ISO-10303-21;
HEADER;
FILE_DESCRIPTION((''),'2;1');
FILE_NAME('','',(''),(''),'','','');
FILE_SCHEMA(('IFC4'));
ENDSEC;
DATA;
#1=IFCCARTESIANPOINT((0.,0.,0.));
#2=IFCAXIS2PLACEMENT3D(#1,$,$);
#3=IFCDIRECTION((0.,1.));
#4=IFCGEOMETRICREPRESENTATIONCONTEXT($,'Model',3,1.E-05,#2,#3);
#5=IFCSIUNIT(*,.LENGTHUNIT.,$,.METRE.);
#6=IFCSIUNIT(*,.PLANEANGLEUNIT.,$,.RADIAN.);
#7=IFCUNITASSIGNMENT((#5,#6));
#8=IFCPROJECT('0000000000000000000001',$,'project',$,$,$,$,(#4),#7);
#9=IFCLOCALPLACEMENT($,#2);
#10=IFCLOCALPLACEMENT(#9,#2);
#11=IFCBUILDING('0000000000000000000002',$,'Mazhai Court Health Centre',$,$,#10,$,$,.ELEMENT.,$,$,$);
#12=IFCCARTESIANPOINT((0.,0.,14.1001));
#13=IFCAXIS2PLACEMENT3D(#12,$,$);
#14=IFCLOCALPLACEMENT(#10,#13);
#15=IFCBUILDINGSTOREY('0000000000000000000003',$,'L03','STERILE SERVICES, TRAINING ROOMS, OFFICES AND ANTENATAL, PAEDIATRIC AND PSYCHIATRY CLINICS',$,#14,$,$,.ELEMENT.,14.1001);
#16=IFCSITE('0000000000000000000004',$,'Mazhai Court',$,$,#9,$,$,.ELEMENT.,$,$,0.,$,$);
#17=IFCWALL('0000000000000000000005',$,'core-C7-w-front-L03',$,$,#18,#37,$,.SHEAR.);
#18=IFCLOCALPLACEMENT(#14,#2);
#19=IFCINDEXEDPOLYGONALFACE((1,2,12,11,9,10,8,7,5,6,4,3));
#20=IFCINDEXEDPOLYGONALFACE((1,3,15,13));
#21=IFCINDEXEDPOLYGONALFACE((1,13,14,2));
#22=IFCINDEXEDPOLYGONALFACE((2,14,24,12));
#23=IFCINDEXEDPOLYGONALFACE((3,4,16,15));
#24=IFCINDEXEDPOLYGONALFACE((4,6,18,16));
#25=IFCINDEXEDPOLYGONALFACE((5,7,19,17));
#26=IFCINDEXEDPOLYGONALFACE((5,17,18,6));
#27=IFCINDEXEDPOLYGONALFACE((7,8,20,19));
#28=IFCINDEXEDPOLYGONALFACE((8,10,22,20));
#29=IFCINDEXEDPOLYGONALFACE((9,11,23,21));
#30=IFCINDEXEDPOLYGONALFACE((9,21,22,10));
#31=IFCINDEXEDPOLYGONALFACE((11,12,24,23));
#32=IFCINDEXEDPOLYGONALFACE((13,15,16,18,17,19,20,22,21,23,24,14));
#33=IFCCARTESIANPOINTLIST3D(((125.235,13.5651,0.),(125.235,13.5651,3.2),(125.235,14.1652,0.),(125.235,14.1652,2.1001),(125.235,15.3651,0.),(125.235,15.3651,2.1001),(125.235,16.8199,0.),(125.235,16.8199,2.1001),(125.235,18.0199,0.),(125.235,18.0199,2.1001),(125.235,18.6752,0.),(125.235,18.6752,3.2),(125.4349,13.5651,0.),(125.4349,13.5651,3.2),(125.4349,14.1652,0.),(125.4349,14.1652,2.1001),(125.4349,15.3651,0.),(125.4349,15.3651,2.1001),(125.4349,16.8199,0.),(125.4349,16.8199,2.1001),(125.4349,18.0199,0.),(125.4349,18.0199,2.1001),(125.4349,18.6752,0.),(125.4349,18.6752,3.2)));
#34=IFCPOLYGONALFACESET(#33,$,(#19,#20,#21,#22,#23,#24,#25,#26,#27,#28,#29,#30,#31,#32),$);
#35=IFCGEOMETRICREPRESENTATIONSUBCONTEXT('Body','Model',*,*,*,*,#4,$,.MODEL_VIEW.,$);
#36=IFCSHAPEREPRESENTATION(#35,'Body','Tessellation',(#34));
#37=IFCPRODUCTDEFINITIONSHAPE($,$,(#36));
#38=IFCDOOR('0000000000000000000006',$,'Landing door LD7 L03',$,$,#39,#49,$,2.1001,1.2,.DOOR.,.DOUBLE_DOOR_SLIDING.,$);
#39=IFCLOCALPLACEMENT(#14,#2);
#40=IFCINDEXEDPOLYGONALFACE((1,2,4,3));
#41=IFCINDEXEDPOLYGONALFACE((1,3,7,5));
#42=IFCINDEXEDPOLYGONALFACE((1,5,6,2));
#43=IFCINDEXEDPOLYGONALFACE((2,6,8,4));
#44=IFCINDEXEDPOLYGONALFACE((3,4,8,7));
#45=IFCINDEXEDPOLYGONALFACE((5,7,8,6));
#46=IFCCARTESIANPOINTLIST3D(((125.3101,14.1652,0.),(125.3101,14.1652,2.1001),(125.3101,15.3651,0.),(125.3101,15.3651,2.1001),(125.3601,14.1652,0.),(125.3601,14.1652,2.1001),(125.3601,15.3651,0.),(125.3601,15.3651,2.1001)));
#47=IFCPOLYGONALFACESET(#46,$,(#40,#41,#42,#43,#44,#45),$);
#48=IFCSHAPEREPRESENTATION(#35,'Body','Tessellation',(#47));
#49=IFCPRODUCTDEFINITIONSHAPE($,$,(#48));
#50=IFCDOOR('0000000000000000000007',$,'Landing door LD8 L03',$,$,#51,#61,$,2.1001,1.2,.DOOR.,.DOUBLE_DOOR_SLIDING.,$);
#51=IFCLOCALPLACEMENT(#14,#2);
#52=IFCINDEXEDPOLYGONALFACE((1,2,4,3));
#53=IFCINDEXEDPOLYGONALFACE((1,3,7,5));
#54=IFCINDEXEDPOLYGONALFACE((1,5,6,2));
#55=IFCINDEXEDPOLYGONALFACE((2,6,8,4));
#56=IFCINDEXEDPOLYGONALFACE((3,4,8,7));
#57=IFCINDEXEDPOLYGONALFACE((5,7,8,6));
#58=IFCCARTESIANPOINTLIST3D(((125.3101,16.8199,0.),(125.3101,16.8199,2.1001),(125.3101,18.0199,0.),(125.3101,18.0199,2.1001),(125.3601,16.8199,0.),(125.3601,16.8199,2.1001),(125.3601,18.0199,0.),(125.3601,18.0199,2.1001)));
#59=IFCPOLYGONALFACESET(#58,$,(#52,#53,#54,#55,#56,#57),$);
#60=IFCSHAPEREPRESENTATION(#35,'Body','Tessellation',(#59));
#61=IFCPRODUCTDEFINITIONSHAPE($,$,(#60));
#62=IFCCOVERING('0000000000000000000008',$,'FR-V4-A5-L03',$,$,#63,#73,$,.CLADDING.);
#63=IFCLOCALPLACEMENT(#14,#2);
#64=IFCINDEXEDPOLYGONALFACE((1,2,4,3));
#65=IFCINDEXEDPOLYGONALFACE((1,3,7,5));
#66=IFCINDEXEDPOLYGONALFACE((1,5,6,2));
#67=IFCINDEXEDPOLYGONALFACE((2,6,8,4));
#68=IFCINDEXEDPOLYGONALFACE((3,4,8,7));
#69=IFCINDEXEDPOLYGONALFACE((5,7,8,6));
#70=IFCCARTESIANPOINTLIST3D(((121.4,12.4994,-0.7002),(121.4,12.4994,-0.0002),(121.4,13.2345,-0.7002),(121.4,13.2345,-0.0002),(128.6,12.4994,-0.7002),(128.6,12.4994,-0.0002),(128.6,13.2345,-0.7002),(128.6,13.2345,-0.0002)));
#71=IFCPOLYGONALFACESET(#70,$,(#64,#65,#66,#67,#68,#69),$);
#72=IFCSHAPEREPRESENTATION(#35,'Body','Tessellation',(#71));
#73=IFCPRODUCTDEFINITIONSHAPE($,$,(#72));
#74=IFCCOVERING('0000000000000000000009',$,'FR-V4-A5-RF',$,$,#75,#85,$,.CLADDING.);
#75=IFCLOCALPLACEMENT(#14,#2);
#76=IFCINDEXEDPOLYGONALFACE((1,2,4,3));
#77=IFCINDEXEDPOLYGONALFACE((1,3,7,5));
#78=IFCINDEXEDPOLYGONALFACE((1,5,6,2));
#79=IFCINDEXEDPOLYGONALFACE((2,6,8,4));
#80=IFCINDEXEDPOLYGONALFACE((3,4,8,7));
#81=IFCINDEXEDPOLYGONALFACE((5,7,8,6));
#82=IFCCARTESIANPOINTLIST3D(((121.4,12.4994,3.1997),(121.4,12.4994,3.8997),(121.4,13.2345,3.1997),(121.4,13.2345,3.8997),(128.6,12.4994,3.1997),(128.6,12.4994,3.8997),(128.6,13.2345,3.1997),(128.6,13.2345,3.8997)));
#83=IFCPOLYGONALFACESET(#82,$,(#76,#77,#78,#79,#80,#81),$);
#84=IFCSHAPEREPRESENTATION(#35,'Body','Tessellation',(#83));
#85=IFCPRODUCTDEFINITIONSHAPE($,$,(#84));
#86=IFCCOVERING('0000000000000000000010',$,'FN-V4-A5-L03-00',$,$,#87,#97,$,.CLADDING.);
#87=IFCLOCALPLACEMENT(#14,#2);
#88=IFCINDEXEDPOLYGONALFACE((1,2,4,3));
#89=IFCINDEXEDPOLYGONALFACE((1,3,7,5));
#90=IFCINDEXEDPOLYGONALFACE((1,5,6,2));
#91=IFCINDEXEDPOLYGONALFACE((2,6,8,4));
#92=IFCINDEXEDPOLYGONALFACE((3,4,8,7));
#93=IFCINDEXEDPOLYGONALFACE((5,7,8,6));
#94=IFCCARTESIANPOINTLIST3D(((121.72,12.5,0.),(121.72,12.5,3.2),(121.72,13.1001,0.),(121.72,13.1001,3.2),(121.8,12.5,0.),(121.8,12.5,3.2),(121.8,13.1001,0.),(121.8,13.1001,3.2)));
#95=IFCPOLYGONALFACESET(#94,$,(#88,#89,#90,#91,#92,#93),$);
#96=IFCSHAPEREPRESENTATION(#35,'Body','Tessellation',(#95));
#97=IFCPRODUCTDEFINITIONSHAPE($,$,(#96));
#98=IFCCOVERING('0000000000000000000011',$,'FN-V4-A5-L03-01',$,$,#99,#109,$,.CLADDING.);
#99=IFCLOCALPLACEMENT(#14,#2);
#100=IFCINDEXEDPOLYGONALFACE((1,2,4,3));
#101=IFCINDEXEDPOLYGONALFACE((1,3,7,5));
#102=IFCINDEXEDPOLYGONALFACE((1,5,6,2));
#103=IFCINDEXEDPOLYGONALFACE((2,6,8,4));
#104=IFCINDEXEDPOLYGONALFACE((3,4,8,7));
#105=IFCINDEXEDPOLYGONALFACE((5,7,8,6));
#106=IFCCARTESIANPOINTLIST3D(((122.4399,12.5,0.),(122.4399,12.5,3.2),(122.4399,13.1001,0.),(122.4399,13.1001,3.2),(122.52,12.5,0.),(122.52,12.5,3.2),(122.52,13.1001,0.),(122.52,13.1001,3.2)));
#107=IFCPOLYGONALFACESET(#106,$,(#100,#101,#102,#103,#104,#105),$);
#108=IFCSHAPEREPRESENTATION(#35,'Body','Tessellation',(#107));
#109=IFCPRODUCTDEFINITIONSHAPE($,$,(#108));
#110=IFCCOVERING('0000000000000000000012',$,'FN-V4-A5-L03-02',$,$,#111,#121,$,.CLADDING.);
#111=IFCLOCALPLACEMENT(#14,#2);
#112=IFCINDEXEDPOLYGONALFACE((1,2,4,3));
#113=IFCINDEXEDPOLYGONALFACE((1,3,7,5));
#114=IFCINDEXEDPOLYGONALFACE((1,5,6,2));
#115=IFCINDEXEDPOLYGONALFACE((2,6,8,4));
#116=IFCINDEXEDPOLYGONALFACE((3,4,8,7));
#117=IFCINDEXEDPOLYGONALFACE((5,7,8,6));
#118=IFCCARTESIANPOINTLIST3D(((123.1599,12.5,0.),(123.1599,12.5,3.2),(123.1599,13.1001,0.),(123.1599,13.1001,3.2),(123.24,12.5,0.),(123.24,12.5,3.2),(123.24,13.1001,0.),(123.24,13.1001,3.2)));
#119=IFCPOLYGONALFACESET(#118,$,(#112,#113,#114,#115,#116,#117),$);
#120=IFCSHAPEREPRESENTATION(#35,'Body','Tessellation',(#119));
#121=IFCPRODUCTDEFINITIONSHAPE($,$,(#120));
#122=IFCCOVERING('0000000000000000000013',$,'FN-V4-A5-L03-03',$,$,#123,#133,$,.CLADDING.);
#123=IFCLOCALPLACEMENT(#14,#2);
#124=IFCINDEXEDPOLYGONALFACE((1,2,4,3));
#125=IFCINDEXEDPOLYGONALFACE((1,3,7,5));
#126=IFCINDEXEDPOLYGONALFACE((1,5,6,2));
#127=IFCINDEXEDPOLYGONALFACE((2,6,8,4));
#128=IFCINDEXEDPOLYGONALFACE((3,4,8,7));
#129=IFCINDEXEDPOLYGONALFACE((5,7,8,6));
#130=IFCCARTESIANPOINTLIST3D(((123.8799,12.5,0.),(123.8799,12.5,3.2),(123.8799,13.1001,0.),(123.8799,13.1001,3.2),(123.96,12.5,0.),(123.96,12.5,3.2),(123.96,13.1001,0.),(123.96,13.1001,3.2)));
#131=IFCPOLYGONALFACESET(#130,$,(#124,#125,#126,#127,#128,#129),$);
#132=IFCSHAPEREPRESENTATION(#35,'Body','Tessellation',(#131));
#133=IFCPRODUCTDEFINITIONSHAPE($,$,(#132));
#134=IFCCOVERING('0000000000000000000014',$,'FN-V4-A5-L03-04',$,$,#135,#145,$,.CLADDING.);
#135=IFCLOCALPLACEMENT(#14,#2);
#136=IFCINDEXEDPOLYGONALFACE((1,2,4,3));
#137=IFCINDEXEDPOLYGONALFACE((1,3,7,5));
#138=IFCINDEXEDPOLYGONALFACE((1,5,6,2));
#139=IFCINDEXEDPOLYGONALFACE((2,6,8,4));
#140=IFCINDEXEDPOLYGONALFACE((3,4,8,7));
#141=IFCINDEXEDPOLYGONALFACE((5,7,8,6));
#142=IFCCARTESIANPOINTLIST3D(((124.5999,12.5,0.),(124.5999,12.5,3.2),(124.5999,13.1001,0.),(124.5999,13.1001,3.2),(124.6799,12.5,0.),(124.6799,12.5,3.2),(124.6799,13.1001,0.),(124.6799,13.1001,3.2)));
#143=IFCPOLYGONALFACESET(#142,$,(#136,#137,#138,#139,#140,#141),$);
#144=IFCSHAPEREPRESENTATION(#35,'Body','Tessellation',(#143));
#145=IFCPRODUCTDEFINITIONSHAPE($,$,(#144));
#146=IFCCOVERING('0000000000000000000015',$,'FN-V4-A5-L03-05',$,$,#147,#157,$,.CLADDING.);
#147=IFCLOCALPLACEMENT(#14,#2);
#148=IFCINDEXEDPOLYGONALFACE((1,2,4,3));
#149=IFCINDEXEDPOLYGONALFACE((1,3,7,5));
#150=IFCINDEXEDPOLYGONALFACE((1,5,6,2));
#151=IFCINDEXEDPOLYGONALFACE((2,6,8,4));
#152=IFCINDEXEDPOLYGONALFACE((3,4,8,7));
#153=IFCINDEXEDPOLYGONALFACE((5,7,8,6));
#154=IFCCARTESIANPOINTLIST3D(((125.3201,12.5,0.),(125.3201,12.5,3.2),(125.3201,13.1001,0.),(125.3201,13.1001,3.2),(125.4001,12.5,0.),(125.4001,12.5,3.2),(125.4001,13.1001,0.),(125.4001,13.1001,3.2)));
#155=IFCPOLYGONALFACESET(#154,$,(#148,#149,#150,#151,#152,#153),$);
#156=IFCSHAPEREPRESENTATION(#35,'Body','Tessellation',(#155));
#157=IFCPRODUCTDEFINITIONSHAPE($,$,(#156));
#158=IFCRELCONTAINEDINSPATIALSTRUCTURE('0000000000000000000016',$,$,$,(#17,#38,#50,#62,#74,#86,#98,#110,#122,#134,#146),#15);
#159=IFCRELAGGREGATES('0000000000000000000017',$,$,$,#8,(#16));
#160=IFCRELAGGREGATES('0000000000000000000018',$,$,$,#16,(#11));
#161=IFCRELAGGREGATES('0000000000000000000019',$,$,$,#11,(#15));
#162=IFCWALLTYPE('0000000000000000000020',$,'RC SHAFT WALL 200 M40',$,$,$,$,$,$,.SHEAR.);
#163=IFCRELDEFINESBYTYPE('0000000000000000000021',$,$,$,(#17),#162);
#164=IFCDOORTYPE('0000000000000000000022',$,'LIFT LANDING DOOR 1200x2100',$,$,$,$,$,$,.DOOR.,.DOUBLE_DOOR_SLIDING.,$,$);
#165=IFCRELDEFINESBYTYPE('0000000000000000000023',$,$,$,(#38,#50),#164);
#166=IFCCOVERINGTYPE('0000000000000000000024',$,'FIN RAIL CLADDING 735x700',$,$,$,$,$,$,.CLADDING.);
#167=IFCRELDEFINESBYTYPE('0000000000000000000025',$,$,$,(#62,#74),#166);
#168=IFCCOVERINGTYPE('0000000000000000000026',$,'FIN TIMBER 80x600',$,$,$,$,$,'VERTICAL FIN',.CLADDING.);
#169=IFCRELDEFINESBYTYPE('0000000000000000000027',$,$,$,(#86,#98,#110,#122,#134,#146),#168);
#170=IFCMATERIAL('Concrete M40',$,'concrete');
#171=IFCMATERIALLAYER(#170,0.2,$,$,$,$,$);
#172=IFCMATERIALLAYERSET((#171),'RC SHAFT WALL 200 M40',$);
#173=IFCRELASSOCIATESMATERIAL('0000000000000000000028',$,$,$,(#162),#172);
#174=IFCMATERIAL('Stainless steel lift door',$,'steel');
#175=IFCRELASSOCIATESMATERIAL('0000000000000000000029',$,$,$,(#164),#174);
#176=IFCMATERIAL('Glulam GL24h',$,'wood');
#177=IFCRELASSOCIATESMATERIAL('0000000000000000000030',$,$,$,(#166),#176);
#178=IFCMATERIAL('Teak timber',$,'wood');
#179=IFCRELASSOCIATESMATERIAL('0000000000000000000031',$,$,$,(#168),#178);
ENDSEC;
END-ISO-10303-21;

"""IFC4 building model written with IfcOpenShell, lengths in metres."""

from ifc_helpers import new_model, si_unit, direction, frame, frame_2d, origin, origin_2d, place, context, subcontext, project, spatial, rectangle, extrude, material, layer, layer_set, type_object, element, fill, save


model = new_model("IFC4")

# Units and contexts
model_context = context("Model", 3, precision=1e-05, world=origin(), true_north=direction((0.0, 1.0)))
body_context = subcontext(model_context, "Body", "Model", "MODEL_VIEW")
ifc_project = project(units=[si_unit("LENGTHUNIT", "METRE"), si_unit("PLANEANGLEUNIT", "RADIAN")], contexts=[model_context])

# Site, building, storey
site_placement = place(None, origin())
site = spatial("IfcSite", under=ifc_project, at=site_placement, Name="Mazhai Court", CompositionType="ELEMENT", RefElevation=0.0)
building_placement = place(site_placement, origin())
building = spatial("IfcBuilding", under=site, at=building_placement, Name="Mazhai Court Health Centre", CompositionType="ELEMENT")
storey_placement = place(building_placement, frame((0.0, 0.0, 14.1001)))
storey = spatial("IfcBuildingStorey", under=building, at=storey_placement, Name="L03", Description="STERILE SERVICES, TRAINING ROOMS, OFFICES AND ANTENATAL, PAEDIATRIC AND PSYCHIATRY CLINICS", CompositionType="ELEMENT", Elevation=14.1001)

# Wall, openings, doors
ifc_material_1 = material(Name="Concrete M40", Category="concrete")
ifc_layer_1 = layer(ifc_material_1, 0.2)
ifc_layer_set_1 = layer_set([ifc_layer_1], Name="RC SHAFT WALL 200 M40")
wall_type_1 = type_object("IfcWallType", Name="RC SHAFT WALL 200 M40", PredefinedType="SHEAR", material=ifc_layer_set_1)
wall_1_placement = place(storey_placement, frame((125.335, 13.5649, 0.0), z_axis=(0.0, 0.0, 1.0), x_axis=(0.0, 1.0, 0.0)))
wall_1 = element("IfcWall", 1, at=wall_1_placement, inside=storey, type_object=wall_type_1, Name="core-C7-w-front-L03", PredefinedType="SHEAR", context=body_context, shape_type="SweptSolid", body=[
    extrude(rectangle(XDim=5.1101, YDim=0.2, at=frame_2d((2.5552, 0.0))), origin(), (0.0, 0.0, 1.0), 3.2),
])
opening_1_placement = place(wall_1_placement, frame((0.6001, 0.0, 0.0)))
opening_1 = element("IfcOpeningElement", 2, at=opening_1_placement, cuts=wall_1, PredefinedType="OPENING", context=body_context, shape_type="SweptSolid", body=[
    extrude(rectangle(XDim=1.2, YDim=2.1001, at=frame_2d((0.6001, 1.05))), frame((0.0, 0.1099, 0.0), z_axis=(0.0, -1.0, 0.0), x_axis=(1.0, 0.0, 0.0)), (0.0, 0.0, 1.0), 0.22),
])
opening_2_placement = place(wall_1_placement, frame((3.2549, 0.0, 0.0)))
opening_2 = element("IfcOpeningElement", 3, at=opening_2_placement, cuts=wall_1, PredefinedType="OPENING", context=body_context, shape_type="SweptSolid", body=[
    extrude(rectangle(XDim=1.2, YDim=2.1001, at=frame_2d((0.6001, 1.05))), frame((0.0, 0.1099, 0.0), z_axis=(0.0, -1.0, 0.0), x_axis=(1.0, 0.0, 0.0)), (0.0, 0.0, 1.0), 0.22),
])
ifc_material_2 = material(Name="Stainless steel lift door", Category="steel")
door_type = type_object("IfcDoorType", Name="LIFT LANDING DOOR 1200x2100", OperationType="DOUBLE_DOOR_SLIDING", PredefinedType="DOOR", material=ifc_material_2)
door_1_placement = place(opening_1_placement, origin())
door_1 = element("IfcDoor", 4, at=door_1_placement, inside=storey, type_object=door_type, Name="Landing door LD7 L03", OperationType="DOUBLE_DOOR_SLIDING", OverallHeight=2.1001, OverallWidth=1.2, PredefinedType="DOOR", context=body_context, shape_type="SweptSolid", body=[
    extrude(rectangle(XDim=1.2, YDim=2.1001, at=frame_2d((0.6001, 1.05))), frame((0.0, 0.0249, 0.0), z_axis=(0.0, -1.0, 0.0), x_axis=(1.0, 0.0, 0.0)), (0.0, 0.0, 1.0), 0.05),
])
fill(opening_1, door_1)
door_2_placement = place(opening_2_placement, origin())
door_2 = element("IfcDoor", 5, at=door_2_placement, inside=storey, type_object=door_type, Name="Landing door LD8 L03", OperationType="DOUBLE_DOOR_SLIDING", OverallHeight=2.1001, OverallWidth=1.2, PredefinedType="DOOR", context=body_context, shape_type="SweptSolid", body=[
    extrude(rectangle(XDim=1.2, YDim=2.1001, at=frame_2d((0.6001, 1.05))), frame((0.0, 0.0249, 0.0), z_axis=(0.0, -1.0, 0.0), x_axis=(1.0, 0.0, 0.0)), (0.0, 0.0, 1.0), 0.05),
])
fill(opening_2, door_2)

# Coverings
ifc_material_3 = material(Name="Glulam GL24h", Category="wood")
covering_type_1 = type_object("IfcCoveringType", Name="FIN RAIL CLADDING 735x700", PredefinedType="CLADDING", material=ifc_material_3)
for number, where, z_axis, x_axis, name in (
    (6, (125.0, 12.8669, -0.7002), (0.0, 0.0, 1.0), (1.0, 0.0, 0.0), "FR-V4-A5-L03"),
    (7, (125.0, 12.8669, 3.1997), (0.0, 0.0, 1.0), (1.0, 0.0, 0.0), "FR-V4-A5-RF"),
):
    element("IfcCovering", number, at=place(storey_placement, frame(where, z_axis=z_axis, x_axis=x_axis)), inside=storey, type_object=covering_type_1, Name=name, PredefinedType="CLADDING", context=body_context, shape_type="SweptSolid", body=[
        extrude(rectangle(XDim=7.2, YDim=0.7351, at=origin_2d()), origin(), (0.0, 0.0, 1.0), 0.7),
    ])
ifc_material_4 = material(Name="Teak timber", Category="wood")
covering_type_2 = type_object("IfcCoveringType", Name="FIN TIMBER 80x600", ElementType="VERTICAL FIN", PredefinedType="CLADDING", material=ifc_material_4)
for number, where, z_axis, x_axis, name in (
    (8, (121.76, 12.8, 0.0), (0.0, 0.0, 1.0), (1.0, 0.0, 0.0), "FN-V4-A5-L03-00"),
    (9, (122.48, 12.8, 0.0), (0.0, 0.0, 1.0), (1.0, 0.0, 0.0), "FN-V4-A5-L03-01"),
    (10, (123.2, 12.8, 0.0), (0.0, 0.0, 1.0), (1.0, 0.0, 0.0), "FN-V4-A5-L03-02"),
    (11, (123.9199, 12.8, 0.0), (0.0, 0.0, 1.0), (1.0, 0.0, 0.0), "FN-V4-A5-L03-03"),
    (12, (124.6399, 12.8, 0.0), (0.0, 0.0, 1.0), (1.0, 0.0, 0.0), "FN-V4-A5-L03-04"),
    (13, (125.3601, 12.8, 0.0), (0.0, 0.0, 1.0), (1.0, 0.0, 0.0), "FN-V4-A5-L03-05"),
):
    element("IfcCovering", number, at=place(storey_placement, frame(where, z_axis=z_axis, x_axis=x_axis)), inside=storey, type_object=covering_type_2, Name=name, PredefinedType="CLADDING", context=body_context, shape_type="SweptSolid", body=[
        extrude(rectangle(XDim=0.0801, YDim=0.6001, at=origin_2d()), origin(), (0.0, 0.0, 1.0), 3.2),
    ])

save(model, "model.ifc")
